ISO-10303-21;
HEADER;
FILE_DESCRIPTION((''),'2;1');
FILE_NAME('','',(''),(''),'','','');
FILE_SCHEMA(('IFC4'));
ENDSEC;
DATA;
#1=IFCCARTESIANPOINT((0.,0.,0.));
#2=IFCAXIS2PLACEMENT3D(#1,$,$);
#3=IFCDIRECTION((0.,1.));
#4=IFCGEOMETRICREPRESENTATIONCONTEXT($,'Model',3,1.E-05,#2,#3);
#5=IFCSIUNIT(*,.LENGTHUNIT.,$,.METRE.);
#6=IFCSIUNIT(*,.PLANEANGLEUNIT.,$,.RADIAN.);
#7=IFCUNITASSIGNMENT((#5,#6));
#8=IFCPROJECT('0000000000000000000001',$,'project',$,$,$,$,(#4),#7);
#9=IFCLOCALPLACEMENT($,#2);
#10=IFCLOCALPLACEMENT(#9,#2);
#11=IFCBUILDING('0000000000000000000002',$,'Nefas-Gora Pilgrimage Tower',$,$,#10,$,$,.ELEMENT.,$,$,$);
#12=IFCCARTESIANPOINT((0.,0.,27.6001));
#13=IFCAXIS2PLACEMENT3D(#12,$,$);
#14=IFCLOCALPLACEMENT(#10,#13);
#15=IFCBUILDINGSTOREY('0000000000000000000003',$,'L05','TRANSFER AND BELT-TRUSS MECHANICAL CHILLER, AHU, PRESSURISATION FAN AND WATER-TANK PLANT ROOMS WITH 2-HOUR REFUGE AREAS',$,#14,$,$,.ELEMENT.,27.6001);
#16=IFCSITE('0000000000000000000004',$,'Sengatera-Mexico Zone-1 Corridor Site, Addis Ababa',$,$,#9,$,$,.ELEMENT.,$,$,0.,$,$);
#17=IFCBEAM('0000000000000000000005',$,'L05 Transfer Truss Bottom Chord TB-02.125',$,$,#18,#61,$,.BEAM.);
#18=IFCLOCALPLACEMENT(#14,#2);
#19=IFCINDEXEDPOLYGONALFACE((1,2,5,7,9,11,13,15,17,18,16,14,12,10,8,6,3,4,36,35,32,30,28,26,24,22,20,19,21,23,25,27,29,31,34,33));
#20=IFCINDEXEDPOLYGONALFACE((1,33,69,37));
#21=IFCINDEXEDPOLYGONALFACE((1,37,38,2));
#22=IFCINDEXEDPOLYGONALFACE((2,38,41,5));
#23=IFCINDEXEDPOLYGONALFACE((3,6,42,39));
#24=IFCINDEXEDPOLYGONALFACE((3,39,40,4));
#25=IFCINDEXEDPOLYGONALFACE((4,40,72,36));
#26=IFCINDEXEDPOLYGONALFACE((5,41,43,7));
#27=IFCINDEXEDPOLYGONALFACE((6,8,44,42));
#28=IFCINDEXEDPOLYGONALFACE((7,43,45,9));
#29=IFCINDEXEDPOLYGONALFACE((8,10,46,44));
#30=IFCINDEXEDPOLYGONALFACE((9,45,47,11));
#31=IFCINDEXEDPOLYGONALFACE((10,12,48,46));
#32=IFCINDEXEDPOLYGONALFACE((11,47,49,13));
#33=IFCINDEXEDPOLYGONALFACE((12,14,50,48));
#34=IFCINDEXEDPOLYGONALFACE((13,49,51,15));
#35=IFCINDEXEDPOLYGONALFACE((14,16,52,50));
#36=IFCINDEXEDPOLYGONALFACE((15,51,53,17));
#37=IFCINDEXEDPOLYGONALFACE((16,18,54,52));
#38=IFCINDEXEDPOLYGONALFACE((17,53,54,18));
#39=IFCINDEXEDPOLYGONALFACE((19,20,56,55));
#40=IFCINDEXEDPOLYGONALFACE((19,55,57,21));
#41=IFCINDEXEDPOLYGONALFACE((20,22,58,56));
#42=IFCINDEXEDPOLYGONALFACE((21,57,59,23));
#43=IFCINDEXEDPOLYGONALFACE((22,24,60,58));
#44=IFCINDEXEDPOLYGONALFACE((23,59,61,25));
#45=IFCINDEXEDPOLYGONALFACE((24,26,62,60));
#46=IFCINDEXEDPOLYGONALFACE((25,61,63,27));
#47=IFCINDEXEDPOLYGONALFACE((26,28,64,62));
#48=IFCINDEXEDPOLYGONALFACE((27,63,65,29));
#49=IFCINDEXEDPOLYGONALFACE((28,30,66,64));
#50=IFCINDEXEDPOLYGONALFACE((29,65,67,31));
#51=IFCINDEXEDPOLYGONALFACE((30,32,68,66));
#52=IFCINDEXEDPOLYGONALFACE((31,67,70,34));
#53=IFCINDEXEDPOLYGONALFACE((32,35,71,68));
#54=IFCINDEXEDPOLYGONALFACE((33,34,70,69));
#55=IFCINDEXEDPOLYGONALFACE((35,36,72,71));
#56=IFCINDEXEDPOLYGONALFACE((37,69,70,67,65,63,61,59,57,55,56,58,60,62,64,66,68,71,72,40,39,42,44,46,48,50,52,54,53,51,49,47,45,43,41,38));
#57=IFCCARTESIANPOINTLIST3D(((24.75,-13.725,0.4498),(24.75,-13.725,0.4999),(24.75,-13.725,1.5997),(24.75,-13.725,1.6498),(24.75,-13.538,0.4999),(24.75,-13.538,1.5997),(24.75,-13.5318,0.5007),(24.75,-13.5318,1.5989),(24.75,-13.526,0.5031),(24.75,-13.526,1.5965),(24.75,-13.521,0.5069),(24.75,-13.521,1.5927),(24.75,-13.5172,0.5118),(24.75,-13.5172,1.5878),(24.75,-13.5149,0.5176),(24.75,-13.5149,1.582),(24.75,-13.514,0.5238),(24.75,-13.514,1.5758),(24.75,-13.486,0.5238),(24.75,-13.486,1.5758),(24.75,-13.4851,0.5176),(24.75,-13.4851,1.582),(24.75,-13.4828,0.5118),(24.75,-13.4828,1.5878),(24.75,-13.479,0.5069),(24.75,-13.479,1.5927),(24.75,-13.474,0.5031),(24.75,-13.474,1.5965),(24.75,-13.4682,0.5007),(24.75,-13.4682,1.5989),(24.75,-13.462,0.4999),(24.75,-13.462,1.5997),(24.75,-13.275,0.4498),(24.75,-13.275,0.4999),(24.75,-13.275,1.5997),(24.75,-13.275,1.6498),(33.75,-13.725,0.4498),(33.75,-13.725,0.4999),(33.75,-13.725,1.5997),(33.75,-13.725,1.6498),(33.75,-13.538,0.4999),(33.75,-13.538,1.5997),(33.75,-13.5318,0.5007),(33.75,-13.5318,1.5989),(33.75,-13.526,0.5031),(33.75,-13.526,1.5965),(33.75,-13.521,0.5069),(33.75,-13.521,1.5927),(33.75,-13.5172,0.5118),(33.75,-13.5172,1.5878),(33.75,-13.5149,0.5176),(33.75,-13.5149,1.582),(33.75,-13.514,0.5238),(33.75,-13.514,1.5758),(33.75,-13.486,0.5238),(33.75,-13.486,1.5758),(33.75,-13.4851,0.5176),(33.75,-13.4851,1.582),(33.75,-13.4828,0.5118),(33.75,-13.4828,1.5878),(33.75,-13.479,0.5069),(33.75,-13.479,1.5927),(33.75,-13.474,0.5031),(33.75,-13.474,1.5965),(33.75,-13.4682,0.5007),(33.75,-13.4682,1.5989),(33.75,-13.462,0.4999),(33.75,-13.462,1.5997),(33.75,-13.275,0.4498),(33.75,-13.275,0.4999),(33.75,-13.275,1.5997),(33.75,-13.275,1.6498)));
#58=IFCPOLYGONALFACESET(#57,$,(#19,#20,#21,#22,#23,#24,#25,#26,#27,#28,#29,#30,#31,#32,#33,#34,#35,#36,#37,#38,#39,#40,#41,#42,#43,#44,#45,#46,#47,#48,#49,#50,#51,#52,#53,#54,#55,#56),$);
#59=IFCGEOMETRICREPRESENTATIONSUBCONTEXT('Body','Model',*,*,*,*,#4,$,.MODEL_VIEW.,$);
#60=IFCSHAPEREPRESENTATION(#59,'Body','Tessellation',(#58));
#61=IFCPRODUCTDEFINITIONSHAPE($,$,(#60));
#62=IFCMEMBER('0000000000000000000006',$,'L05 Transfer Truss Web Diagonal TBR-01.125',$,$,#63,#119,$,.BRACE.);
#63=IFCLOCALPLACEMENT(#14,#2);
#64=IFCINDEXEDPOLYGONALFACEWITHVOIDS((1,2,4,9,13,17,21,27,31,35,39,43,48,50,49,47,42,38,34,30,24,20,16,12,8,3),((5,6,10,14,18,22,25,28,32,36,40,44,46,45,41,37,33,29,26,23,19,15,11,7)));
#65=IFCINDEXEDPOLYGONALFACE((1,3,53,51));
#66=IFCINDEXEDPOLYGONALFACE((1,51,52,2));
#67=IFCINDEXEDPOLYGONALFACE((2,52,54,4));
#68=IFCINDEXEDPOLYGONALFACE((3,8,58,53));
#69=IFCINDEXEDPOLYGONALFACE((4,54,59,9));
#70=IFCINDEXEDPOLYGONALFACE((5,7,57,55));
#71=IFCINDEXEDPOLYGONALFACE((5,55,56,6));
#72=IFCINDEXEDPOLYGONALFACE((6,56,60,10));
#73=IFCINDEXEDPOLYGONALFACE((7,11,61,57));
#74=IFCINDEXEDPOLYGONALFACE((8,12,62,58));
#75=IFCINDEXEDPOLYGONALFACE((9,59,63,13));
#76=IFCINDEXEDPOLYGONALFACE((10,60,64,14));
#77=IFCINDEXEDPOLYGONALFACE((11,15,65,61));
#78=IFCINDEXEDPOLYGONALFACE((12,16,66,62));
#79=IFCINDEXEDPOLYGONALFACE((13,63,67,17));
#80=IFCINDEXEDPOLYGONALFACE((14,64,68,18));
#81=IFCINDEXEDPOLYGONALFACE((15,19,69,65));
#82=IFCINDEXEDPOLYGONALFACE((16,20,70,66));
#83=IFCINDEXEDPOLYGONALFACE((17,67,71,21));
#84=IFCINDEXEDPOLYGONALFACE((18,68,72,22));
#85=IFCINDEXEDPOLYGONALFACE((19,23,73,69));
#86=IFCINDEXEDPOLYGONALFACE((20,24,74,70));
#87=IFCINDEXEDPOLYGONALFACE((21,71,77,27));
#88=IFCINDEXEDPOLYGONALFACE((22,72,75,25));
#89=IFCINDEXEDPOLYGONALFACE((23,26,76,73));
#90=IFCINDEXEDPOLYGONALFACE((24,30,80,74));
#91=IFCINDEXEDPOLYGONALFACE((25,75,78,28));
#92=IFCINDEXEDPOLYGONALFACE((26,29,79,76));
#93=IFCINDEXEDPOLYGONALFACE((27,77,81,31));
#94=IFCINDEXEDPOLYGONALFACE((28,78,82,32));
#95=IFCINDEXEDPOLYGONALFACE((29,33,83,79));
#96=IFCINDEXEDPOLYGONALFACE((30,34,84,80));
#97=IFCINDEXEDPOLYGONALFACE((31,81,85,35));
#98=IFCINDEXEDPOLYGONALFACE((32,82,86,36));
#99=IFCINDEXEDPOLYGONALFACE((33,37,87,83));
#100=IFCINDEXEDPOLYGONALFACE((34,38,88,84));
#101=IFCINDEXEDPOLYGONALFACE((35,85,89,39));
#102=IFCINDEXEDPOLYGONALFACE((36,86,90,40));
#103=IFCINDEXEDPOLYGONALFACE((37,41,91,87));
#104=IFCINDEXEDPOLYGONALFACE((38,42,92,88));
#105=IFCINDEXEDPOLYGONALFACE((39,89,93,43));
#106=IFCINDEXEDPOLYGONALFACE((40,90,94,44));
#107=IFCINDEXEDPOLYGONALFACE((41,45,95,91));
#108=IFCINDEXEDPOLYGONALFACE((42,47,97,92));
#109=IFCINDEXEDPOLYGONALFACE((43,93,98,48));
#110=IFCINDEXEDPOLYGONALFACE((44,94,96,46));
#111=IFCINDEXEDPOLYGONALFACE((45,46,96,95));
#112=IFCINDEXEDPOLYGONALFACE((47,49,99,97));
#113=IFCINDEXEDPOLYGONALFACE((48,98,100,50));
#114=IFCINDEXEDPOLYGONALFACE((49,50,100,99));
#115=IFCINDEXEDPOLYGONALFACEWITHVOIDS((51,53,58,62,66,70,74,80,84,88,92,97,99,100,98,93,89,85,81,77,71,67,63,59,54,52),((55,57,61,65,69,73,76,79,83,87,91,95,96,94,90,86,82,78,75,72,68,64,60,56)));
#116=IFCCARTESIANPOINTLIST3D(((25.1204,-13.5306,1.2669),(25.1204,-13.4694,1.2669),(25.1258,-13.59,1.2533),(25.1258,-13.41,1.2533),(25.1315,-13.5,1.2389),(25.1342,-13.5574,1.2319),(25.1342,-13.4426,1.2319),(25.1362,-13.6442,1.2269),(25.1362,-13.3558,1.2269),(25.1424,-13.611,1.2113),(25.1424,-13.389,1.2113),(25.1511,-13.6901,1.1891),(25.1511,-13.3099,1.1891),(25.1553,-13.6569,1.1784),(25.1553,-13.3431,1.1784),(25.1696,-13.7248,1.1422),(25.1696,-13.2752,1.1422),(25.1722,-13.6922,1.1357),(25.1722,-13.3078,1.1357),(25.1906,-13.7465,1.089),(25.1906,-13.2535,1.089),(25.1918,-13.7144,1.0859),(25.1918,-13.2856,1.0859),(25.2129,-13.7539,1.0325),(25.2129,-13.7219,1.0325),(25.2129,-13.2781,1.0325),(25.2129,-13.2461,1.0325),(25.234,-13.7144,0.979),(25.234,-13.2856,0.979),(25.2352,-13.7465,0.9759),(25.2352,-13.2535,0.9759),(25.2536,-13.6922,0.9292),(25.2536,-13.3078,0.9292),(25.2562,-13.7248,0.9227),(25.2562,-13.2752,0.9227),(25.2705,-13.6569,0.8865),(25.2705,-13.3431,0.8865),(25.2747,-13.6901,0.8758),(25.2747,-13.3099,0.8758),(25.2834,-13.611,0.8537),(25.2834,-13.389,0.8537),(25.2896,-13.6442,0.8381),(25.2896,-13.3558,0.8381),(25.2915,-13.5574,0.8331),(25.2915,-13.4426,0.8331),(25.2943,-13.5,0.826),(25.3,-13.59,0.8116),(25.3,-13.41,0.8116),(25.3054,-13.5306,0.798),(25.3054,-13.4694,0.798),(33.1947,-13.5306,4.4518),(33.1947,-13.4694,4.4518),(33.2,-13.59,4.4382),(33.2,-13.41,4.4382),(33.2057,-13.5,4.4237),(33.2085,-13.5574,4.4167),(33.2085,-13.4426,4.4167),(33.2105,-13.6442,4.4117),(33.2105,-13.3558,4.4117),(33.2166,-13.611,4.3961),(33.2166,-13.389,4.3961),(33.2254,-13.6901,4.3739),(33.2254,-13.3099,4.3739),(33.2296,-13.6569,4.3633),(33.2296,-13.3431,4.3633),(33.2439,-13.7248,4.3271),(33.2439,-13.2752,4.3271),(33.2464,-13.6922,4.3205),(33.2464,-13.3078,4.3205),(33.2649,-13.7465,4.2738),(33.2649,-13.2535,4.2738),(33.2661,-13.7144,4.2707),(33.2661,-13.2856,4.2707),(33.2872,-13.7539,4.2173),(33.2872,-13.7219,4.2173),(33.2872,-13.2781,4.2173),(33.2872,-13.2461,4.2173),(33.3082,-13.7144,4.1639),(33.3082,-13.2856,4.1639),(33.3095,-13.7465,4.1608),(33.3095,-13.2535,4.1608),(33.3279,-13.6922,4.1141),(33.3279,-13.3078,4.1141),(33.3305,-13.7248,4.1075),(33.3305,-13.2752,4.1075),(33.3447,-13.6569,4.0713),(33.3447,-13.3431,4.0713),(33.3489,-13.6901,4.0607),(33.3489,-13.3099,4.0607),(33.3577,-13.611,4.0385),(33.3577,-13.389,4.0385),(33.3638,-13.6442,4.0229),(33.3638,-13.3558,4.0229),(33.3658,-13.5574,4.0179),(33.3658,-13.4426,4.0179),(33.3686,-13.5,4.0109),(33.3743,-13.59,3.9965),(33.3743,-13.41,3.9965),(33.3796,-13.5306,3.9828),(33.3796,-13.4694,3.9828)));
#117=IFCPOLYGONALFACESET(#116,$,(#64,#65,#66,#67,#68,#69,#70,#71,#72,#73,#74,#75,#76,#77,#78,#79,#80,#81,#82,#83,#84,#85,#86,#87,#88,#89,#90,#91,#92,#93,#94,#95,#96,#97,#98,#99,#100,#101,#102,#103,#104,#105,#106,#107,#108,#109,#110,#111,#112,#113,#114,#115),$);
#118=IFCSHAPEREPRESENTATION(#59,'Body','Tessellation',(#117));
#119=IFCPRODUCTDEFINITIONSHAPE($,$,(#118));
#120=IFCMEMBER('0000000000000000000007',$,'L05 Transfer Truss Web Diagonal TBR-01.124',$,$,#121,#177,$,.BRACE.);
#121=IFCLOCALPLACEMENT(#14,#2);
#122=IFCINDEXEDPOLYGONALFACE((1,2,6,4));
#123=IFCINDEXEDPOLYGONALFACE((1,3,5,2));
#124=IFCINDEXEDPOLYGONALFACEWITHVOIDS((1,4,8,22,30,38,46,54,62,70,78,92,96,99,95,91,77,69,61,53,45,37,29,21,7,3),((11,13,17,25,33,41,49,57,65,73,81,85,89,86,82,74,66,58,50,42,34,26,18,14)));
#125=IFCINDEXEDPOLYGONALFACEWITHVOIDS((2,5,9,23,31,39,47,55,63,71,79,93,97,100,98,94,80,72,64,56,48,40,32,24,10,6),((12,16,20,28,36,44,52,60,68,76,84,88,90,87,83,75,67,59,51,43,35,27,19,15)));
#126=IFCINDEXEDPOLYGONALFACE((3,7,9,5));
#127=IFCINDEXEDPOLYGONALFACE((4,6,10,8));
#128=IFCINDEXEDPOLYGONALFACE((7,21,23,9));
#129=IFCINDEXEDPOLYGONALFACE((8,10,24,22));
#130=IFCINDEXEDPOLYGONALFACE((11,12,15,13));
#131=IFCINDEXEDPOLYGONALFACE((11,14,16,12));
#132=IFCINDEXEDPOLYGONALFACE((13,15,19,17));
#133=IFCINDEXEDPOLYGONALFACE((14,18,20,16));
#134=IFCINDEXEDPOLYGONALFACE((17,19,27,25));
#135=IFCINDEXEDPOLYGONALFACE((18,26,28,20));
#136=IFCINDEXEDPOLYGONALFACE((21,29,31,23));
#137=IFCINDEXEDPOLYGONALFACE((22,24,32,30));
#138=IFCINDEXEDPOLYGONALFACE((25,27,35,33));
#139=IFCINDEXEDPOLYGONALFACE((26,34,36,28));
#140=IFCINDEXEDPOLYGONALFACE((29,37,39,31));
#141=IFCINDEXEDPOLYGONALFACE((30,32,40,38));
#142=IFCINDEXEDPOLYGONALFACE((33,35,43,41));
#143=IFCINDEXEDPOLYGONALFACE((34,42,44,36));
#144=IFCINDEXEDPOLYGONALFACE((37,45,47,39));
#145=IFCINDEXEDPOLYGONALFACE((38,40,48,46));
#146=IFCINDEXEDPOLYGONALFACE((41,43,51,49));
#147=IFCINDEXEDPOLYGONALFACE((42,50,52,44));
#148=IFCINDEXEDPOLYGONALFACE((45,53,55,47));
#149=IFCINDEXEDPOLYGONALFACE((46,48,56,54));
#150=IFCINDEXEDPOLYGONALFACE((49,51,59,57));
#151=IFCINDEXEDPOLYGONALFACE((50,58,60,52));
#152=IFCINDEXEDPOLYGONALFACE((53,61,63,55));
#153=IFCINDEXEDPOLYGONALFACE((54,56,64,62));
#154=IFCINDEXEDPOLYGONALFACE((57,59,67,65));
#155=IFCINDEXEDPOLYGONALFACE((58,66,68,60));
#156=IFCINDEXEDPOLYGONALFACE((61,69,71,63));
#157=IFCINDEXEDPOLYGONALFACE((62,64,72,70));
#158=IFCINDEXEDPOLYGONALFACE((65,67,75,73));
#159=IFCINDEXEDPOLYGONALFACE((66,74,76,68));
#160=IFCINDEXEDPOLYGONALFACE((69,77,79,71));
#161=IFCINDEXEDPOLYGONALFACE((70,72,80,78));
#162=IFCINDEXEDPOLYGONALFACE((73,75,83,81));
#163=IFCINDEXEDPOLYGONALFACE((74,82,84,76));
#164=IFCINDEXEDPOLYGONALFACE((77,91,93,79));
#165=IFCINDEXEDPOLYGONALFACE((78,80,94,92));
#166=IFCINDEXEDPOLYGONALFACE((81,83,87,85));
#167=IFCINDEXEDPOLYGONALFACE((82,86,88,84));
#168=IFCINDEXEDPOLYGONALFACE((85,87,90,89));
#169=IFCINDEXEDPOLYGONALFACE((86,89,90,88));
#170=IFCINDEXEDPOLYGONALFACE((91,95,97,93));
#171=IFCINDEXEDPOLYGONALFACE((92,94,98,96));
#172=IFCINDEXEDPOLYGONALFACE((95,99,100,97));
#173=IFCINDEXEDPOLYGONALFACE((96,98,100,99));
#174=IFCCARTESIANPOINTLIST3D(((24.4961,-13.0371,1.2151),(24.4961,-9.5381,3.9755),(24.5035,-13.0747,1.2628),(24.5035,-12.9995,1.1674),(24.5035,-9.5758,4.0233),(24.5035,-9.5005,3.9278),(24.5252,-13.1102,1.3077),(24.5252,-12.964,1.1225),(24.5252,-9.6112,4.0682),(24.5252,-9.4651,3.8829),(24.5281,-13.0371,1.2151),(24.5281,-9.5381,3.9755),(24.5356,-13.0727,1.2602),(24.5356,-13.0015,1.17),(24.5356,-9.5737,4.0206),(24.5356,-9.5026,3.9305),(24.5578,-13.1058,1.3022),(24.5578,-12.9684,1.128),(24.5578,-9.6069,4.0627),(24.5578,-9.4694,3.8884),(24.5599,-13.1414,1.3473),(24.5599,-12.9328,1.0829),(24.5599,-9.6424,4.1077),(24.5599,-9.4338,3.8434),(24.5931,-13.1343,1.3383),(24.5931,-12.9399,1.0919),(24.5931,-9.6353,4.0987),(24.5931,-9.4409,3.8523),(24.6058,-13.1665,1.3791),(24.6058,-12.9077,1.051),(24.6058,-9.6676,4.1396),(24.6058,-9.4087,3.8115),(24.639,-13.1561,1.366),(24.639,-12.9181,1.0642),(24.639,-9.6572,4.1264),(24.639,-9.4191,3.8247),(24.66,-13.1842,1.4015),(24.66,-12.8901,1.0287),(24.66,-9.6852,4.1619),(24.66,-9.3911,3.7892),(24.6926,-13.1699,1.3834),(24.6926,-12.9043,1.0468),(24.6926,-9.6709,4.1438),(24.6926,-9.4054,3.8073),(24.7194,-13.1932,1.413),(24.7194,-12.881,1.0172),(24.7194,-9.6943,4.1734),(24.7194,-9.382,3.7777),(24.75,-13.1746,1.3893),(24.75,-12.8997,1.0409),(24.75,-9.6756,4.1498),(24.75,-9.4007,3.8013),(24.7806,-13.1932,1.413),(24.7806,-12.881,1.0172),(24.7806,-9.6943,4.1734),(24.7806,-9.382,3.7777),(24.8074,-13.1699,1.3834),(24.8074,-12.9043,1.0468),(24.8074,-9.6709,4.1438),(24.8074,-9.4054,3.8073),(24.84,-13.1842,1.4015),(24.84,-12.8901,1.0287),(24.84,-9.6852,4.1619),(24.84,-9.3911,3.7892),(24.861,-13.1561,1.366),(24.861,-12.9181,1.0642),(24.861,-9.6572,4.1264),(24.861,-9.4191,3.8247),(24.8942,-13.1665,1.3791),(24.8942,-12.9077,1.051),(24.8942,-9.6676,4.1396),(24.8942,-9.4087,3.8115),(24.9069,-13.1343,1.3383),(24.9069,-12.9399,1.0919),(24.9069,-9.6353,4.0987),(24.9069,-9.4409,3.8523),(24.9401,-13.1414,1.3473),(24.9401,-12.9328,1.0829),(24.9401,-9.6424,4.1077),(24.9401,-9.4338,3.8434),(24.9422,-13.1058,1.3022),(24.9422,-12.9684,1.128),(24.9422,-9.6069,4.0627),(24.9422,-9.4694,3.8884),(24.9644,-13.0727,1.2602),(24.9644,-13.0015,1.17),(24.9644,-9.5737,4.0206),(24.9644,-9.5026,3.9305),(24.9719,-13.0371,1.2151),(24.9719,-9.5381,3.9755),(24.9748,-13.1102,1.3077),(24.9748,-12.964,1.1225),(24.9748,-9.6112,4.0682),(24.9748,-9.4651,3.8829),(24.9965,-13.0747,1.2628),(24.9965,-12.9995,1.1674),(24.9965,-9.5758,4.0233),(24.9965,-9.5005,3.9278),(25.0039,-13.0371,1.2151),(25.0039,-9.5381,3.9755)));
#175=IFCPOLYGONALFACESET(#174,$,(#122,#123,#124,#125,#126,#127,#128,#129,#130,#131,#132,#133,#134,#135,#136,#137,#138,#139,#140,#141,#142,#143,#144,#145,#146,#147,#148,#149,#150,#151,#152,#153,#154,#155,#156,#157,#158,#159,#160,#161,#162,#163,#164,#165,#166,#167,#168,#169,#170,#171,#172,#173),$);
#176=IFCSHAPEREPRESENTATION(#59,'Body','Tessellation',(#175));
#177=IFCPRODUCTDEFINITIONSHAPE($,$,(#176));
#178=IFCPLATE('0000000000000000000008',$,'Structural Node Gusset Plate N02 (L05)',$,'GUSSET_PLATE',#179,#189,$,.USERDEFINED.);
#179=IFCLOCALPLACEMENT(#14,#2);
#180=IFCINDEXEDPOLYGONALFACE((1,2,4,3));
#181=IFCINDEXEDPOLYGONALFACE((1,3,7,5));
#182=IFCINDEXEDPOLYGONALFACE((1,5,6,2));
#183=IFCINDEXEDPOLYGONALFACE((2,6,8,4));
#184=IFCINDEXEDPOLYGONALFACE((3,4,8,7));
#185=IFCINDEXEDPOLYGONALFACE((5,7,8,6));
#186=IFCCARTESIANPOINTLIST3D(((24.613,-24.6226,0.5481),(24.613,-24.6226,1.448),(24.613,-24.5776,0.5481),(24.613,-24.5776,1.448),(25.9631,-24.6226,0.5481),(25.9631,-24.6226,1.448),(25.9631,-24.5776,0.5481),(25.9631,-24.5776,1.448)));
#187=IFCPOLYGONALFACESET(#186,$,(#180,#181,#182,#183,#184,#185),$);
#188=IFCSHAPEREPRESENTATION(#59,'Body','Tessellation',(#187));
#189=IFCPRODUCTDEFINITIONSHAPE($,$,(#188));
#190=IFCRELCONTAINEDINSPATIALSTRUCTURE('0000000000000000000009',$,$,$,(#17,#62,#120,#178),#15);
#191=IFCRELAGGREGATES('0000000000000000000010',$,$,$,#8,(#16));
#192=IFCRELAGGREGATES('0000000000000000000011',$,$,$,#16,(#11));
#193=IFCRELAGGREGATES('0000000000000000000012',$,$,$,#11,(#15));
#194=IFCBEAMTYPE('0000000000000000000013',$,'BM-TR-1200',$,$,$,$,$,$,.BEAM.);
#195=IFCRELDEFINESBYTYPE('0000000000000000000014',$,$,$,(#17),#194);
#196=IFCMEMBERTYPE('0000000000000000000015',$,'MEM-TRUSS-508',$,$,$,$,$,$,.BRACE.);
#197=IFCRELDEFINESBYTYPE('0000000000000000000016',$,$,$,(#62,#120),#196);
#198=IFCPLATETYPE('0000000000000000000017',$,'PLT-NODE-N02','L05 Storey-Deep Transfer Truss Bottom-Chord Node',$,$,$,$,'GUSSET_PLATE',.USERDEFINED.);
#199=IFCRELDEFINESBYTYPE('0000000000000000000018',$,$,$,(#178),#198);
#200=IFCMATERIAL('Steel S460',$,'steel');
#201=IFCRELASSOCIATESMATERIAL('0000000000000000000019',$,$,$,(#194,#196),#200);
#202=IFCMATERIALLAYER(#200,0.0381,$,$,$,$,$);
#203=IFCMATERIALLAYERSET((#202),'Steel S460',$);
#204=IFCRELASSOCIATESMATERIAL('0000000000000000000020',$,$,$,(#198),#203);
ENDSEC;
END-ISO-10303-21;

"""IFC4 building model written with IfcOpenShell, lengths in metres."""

from ifc_helpers import new_model, si_unit, direction, frame, origin, origin_2d, place, context, subcontext, project, spatial, rectangle, hollow_circle, i_section, extrude, source, transform, mapped, material, layer, layer_set, material_profile, profile_set, type_object, element, save


model = new_model("IFC4")

# Units and contexts
model_context = context("Model", 3, precision=1e-05, world=origin(), true_north=direction((0.0, 1.0)))
body_context = subcontext(model_context, "Body", "Model", "MODEL_VIEW")
ifc_project = project(units=[si_unit("LENGTHUNIT", "METRE"), si_unit("PLANEANGLEUNIT", "RADIAN")], contexts=[model_context])

# Site, building, storey
site_placement = place(None, origin())
site = spatial("IfcSite", under=ifc_project, at=site_placement, Name="Sengatera-Mexico Zone-1 Corridor Site, Addis Ababa", CompositionType="ELEMENT", RefElevation=0.0)
building_placement = place(site_placement, origin())
building = spatial("IfcBuilding", under=site, at=building_placement, Name="Nefas-Gora Pilgrimage Tower", CompositionType="ELEMENT")
storey_placement = place(building_placement, frame((0.0, 0.0, 27.6001)))
storey = spatial("IfcBuildingStorey", under=building, at=storey_placement, Name="L05", Description="TRANSFER AND BELT-TRUSS MECHANICAL CHILLER, AHU, PRESSURISATION FAN AND WATER-TANK PLANT ROOMS WITH 2-HOUR REFUGE AREAS", CompositionType="ELEMENT", Elevation=27.6001)

# Shared definitions
ifc_material_1 = material(Name="Steel S460", Category="steel")

# Shared definitions
ifc_material_profile_1 = material_profile(ifc_material_1, i_section(OverallWidth=0.45, OverallDepth=1.2, WebThickness=0.0281, FlangeThickness=0.05, FilletRadius=0.0239, at=origin_2d()), Name="WPG 1200x450x28x50")
ifc_profile_set_1 = profile_set([ifc_material_profile_1], Name="Steel S460")
beam_type_1 = type_object("IfcBeamType", Name="BM-TR-1200", PredefinedType="BEAM", material=ifc_profile_set_1)

# Shared definitions
ifc_material_profile_2 = material_profile(ifc_material_1, hollow_circle(Radius=0.2539, WallThickness=0.032, at=origin_2d()), Name="CHS 508x32")
ifc_profile_set_2 = profile_set([ifc_material_profile_2], Name="Steel S460")
member_type = type_object("IfcMemberType", Name="MEM-TRUSS-508", PredefinedType="BRACE", material=ifc_profile_set_2)

# Beam
shared_shape_1 = source(origin(), body_context, "Body", "SweptSolid", [
    extrude(i_section(OverallWidth=0.45, OverallDepth=1.2, WebThickness=0.0281, FlangeThickness=0.05, FilletRadius=0.0239, at=origin_2d()), origin(), (0.0, 0.0, 1.0), 9.0),
])
beam_1_placement = place(storey_placement, frame((24.75, -13.5, 1.0498), z_axis=(1.0, 0.0, 0.0), x_axis=(0.0, 1.0, 0.0)))
element("IfcBeam", 1, at=beam_1_placement, inside=storey, type_object=beam_type_1, Name="L05 Transfer Truss Bottom Chord TB-02.125", PredefinedType="BEAM", context=body_context, shape_type="MappedRepresentation", body=[
    mapped(shared_shape_1, transform((0.0, 0.0, 0.0), x_axis=(1.0, 0.0, 0.0), y_axis=(0.0, 1.0, 0.0), z_axis=(0.0, 0.0, 1.0), scale=1.0)),
])

# Members
shared_shape_2 = source(origin(), body_context, "Body", "SweptSolid", [
    extrude(hollow_circle(Radius=0.2539, WallThickness=0.032, at=origin_2d()), origin(), (0.0, 0.0, 1.0), 8.6797),
])
member_1_placement = place(storey_placement, frame((25.2129, -13.5, 1.0325), z_axis=(0.930249, 0.0, 0.36693), x_axis=(0.0, 1.0, 0.0)))
element("IfcMember", 2, at=member_1_placement, inside=storey, type_object=member_type, Name="L05 Transfer Truss Web Diagonal TBR-01.125", PredefinedType="BRACE", context=body_context, shape_type="MappedRepresentation", body=[
    mapped(shared_shape_2, transform((0.0, 0.0, 0.0), x_axis=(1.0, 0.0, 0.0), y_axis=(0.0, 1.0, 0.0), z_axis=(0.0, 0.0, 1.0), scale=1.0)),
])
shared_shape_3 = source(origin(), body_context, "Body", "SweptSolid", [
    extrude(hollow_circle(Radius=0.2539, WallThickness=0.032, at=origin_2d()), origin(), (0.0, 0.0, 1.0), 4.4568),
])
member_2_placement = place(storey_placement, frame((24.75, -13.0371, 1.2151), z_axis=(0.0, 0.785089, 0.619383), x_axis=(-1.0, 0.0, 0.0)))
element("IfcMember", 3, at=member_2_placement, inside=storey, type_object=member_type, Name="L05 Transfer Truss Web Diagonal TBR-01.124", PredefinedType="BRACE", context=body_context, shape_type="MappedRepresentation", body=[
    mapped(shared_shape_3, transform((0.0, 0.0, 0.0), x_axis=(1.0, 0.0, 0.0), y_axis=(0.0, 1.0, 0.0), z_axis=(0.0, 0.0, 1.0), scale=1.0)),
])

# Plate
ifc_layer_1 = layer(ifc_material_1, 0.0381)
ifc_layer_set_1 = layer_set([ifc_layer_1], Name="Steel S460")
plate_type_1 = type_object("IfcPlateType", Name="PLT-NODE-N02", Description="L05 Storey-Deep Transfer Truss Bottom-Chord Node", ElementType="GUSSET_PLATE", PredefinedType="USERDEFINED", material=ifc_layer_set_1)
shared_shape_4 = source(origin(), body_context, "Body", "SweptSolid", [
    extrude(rectangle(XDim=1.3501, YDim=0.0449, at=origin_2d()), origin(), (0.0, 0.0, 1.0), 0.8999),
])
plate_1_placement = place(storey_placement, frame((25.2881, -24.6001, 0.5481), z_axis=(0.0, 0.0, 1.0), x_axis=(1.0, 0.0, 0.0)))
element("IfcPlate", 4, at=plate_1_placement, inside=storey, type_object=plate_type_1, Name="Structural Node Gusset Plate N02 (L05)", ObjectType="GUSSET_PLATE", PredefinedType="USERDEFINED", context=body_context, shape_type="MappedRepresentation", body=[
    mapped(shared_shape_4, transform((0.0, 0.0, 0.0), x_axis=(1.0, 0.0, 0.0), y_axis=(0.0, 1.0, 0.0), z_axis=(0.0, 0.0, 1.0), scale=1.0)),
])

save(model, "model.ifc")
